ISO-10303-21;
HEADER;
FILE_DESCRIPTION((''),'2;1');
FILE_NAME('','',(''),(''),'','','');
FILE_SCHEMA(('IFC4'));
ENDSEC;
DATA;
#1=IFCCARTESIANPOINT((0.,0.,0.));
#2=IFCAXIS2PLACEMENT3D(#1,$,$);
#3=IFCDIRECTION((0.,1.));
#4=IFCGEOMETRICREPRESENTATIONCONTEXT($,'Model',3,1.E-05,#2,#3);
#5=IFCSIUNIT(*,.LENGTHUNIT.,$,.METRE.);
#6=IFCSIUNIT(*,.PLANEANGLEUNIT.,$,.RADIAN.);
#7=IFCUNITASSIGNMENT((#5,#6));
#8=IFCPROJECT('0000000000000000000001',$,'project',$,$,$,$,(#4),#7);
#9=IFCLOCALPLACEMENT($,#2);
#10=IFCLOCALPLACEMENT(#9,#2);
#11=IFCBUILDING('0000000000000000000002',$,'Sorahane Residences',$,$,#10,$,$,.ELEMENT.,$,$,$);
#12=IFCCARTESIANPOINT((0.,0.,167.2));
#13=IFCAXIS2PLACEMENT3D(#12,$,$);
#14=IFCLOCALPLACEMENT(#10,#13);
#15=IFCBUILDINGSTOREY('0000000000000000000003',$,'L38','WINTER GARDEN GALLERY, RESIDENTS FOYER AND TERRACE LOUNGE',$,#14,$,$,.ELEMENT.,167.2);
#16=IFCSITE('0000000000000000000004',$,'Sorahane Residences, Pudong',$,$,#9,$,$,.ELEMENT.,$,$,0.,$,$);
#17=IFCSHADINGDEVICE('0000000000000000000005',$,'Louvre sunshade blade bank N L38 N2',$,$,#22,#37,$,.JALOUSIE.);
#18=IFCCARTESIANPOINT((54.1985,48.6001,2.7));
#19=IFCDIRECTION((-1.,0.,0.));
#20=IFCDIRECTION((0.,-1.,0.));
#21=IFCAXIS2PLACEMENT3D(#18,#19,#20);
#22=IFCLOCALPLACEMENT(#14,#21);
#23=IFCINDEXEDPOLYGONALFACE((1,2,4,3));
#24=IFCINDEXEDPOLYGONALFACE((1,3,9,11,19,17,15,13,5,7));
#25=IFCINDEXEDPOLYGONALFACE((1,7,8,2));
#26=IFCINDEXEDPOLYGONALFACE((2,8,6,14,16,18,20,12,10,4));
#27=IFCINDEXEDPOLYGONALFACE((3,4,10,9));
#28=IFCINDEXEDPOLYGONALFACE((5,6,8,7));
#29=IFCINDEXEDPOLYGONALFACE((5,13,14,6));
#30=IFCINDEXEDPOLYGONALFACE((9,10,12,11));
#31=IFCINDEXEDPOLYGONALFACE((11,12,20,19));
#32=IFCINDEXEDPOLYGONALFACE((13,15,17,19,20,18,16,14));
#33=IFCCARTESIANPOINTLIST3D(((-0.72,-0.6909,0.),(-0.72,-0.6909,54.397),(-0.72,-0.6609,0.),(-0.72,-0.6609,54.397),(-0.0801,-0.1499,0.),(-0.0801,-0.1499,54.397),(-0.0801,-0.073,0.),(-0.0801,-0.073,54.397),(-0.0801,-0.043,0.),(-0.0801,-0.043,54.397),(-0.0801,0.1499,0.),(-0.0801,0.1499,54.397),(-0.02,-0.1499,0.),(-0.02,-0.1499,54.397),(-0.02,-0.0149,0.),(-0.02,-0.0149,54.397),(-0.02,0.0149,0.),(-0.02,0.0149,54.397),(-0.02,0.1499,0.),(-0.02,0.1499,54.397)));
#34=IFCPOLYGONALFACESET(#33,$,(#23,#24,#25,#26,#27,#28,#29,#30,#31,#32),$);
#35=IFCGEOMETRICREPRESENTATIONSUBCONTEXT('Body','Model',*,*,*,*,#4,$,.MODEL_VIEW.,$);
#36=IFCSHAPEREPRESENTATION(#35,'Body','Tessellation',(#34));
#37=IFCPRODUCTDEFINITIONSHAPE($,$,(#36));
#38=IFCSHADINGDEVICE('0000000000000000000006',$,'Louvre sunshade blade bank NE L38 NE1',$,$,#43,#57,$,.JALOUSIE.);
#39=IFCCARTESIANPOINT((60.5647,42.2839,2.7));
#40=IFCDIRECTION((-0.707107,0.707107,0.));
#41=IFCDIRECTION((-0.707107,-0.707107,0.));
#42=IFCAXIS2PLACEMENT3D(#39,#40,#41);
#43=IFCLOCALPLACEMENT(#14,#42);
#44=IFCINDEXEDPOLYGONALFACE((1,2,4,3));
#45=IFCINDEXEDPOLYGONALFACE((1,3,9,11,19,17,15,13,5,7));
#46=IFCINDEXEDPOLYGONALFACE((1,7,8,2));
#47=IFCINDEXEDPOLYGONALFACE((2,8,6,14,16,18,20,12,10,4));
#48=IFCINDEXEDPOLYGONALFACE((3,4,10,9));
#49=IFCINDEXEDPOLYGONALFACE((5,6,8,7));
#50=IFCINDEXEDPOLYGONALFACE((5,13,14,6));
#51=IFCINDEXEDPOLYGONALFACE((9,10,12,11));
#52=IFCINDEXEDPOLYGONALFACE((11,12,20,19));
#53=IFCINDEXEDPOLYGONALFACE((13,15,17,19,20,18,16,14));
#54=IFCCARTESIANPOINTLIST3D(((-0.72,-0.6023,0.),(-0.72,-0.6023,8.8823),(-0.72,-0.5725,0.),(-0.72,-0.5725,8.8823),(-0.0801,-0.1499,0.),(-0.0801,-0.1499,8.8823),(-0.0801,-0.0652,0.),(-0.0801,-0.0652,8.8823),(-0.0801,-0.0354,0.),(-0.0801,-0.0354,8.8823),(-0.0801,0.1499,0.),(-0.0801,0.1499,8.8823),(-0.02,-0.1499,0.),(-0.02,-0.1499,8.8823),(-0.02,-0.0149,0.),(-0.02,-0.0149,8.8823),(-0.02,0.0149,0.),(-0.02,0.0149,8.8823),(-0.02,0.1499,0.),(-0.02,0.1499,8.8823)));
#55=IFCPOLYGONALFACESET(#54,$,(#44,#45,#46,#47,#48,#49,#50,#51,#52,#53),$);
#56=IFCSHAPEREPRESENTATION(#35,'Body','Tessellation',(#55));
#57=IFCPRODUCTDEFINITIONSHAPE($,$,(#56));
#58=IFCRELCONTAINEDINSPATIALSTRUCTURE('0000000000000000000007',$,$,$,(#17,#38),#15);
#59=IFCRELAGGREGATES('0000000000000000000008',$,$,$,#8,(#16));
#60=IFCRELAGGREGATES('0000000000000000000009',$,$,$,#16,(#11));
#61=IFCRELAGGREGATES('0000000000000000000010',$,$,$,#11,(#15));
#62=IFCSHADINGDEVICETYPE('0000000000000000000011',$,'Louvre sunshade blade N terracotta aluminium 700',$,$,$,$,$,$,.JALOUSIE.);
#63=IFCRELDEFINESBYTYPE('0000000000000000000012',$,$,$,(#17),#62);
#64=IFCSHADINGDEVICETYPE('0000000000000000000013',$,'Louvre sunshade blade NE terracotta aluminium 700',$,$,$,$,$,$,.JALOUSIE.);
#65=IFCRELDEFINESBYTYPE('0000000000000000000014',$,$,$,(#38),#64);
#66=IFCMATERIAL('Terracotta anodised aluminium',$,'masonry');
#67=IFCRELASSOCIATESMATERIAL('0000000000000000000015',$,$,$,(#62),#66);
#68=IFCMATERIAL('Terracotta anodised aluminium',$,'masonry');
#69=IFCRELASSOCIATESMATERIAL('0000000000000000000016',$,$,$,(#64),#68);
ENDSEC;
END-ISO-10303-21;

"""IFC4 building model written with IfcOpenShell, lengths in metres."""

from ifc_helpers import new_model, si_unit, direction, frame, origin, place, context, subcontext, project, spatial, polyline, outline, extrude, material, type_object, element, save


model = new_model("IFC4")

# Units and contexts
model_context = context("Model", 3, precision=1e-05, world=origin(), true_north=direction((0.0, 1.0)))
body_context = subcontext(model_context, "Body", "Model", "MODEL_VIEW")
ifc_project = project(units=[si_unit("LENGTHUNIT", "METRE"), si_unit("PLANEANGLEUNIT", "RADIAN")], contexts=[model_context])

# Site, building, storey
site_placement = place(None, origin())
site = spatial("IfcSite", under=ifc_project, at=site_placement, Name="Sorahane Residences, Pudong", CompositionType="ELEMENT", RefElevation=0.0)
building_placement = place(site_placement, origin())
building = spatial("IfcBuilding", under=site, at=building_placement, Name="Sorahane Residences", CompositionType="ELEMENT")
storey_placement = place(building_placement, frame((0.0, 0.0, 167.2)))
storey = spatial("IfcBuildingStorey", under=building, at=storey_placement, Name="L38", Description="WINTER GARDEN GALLERY, RESIDENTS FOYER AND TERRACE LOUNGE", CompositionType="ELEMENT", Elevation=167.2)

# Shading devices
ifc_material_1 = material(Name="Terracotta anodised aluminium", Category="masonry")
shading_device_type_1 = type_object("IfcShadingDeviceType", Name="Louvre sunshade blade N terracotta aluminium 700", PredefinedType="JALOUSIE", material=ifc_material_1)
shading_device_1_placement = place(storey_placement, frame((54.1985, 48.6001, 2.7), z_axis=(-1.0, 0.0, 0.0), x_axis=(0.0, -1.0, 0.0)))
element("IfcShadingDevice", 1, at=shading_device_1_placement, inside=storey, type_object=shading_device_type_1, Name="Louvre sunshade blade bank N L38 N2", PredefinedType="JALOUSIE", context=body_context, shape_type="SweptSolid", body=[
    extrude(outline(polyline([(-0.72, -0.6609), (-0.72, -0.6909), (-0.0801, -0.073), (-0.0801, -0.1499), (-0.02, -0.1499), (-0.02, -0.0149), (-0.02, 0.0149), (-0.02, 0.1499), (-0.0801, 0.1499), (-0.0801, -0.043), (-0.72, -0.6609)])), origin(), (0.0, 0.0, 1.0), 54.397),
])
ifc_material_2 = material(Name="Terracotta anodised aluminium", Category="masonry")
shading_device_type_2 = type_object("IfcShadingDeviceType", Name="Louvre sunshade blade NE terracotta aluminium 700", PredefinedType="JALOUSIE", material=ifc_material_2)
shading_device_2_placement = place(storey_placement, frame((60.5647, 42.2839, 2.7), z_axis=(-0.707107, 0.707107, 0.0), x_axis=(-0.707107, -0.707107, 0.0)))
element("IfcShadingDevice", 2, at=shading_device_2_placement, inside=storey, type_object=shading_device_type_2, Name="Louvre sunshade blade bank NE L38 NE1", PredefinedType="JALOUSIE", context=body_context, shape_type="SweptSolid", body=[
    extrude(outline(polyline([(-0.72, -0.5725), (-0.72, -0.6023), (-0.0801, -0.0652), (-0.0801, -0.1499), (-0.02, -0.1499), (-0.02, -0.0149), (-0.02, 0.0149), (-0.02, 0.1499), (-0.0801, 0.1499), (-0.0801, -0.0354), (-0.72, -0.5725)])), origin(), (0.0, 0.0, 1.0), 8.8823),
])

save(model, "model.ifc")
